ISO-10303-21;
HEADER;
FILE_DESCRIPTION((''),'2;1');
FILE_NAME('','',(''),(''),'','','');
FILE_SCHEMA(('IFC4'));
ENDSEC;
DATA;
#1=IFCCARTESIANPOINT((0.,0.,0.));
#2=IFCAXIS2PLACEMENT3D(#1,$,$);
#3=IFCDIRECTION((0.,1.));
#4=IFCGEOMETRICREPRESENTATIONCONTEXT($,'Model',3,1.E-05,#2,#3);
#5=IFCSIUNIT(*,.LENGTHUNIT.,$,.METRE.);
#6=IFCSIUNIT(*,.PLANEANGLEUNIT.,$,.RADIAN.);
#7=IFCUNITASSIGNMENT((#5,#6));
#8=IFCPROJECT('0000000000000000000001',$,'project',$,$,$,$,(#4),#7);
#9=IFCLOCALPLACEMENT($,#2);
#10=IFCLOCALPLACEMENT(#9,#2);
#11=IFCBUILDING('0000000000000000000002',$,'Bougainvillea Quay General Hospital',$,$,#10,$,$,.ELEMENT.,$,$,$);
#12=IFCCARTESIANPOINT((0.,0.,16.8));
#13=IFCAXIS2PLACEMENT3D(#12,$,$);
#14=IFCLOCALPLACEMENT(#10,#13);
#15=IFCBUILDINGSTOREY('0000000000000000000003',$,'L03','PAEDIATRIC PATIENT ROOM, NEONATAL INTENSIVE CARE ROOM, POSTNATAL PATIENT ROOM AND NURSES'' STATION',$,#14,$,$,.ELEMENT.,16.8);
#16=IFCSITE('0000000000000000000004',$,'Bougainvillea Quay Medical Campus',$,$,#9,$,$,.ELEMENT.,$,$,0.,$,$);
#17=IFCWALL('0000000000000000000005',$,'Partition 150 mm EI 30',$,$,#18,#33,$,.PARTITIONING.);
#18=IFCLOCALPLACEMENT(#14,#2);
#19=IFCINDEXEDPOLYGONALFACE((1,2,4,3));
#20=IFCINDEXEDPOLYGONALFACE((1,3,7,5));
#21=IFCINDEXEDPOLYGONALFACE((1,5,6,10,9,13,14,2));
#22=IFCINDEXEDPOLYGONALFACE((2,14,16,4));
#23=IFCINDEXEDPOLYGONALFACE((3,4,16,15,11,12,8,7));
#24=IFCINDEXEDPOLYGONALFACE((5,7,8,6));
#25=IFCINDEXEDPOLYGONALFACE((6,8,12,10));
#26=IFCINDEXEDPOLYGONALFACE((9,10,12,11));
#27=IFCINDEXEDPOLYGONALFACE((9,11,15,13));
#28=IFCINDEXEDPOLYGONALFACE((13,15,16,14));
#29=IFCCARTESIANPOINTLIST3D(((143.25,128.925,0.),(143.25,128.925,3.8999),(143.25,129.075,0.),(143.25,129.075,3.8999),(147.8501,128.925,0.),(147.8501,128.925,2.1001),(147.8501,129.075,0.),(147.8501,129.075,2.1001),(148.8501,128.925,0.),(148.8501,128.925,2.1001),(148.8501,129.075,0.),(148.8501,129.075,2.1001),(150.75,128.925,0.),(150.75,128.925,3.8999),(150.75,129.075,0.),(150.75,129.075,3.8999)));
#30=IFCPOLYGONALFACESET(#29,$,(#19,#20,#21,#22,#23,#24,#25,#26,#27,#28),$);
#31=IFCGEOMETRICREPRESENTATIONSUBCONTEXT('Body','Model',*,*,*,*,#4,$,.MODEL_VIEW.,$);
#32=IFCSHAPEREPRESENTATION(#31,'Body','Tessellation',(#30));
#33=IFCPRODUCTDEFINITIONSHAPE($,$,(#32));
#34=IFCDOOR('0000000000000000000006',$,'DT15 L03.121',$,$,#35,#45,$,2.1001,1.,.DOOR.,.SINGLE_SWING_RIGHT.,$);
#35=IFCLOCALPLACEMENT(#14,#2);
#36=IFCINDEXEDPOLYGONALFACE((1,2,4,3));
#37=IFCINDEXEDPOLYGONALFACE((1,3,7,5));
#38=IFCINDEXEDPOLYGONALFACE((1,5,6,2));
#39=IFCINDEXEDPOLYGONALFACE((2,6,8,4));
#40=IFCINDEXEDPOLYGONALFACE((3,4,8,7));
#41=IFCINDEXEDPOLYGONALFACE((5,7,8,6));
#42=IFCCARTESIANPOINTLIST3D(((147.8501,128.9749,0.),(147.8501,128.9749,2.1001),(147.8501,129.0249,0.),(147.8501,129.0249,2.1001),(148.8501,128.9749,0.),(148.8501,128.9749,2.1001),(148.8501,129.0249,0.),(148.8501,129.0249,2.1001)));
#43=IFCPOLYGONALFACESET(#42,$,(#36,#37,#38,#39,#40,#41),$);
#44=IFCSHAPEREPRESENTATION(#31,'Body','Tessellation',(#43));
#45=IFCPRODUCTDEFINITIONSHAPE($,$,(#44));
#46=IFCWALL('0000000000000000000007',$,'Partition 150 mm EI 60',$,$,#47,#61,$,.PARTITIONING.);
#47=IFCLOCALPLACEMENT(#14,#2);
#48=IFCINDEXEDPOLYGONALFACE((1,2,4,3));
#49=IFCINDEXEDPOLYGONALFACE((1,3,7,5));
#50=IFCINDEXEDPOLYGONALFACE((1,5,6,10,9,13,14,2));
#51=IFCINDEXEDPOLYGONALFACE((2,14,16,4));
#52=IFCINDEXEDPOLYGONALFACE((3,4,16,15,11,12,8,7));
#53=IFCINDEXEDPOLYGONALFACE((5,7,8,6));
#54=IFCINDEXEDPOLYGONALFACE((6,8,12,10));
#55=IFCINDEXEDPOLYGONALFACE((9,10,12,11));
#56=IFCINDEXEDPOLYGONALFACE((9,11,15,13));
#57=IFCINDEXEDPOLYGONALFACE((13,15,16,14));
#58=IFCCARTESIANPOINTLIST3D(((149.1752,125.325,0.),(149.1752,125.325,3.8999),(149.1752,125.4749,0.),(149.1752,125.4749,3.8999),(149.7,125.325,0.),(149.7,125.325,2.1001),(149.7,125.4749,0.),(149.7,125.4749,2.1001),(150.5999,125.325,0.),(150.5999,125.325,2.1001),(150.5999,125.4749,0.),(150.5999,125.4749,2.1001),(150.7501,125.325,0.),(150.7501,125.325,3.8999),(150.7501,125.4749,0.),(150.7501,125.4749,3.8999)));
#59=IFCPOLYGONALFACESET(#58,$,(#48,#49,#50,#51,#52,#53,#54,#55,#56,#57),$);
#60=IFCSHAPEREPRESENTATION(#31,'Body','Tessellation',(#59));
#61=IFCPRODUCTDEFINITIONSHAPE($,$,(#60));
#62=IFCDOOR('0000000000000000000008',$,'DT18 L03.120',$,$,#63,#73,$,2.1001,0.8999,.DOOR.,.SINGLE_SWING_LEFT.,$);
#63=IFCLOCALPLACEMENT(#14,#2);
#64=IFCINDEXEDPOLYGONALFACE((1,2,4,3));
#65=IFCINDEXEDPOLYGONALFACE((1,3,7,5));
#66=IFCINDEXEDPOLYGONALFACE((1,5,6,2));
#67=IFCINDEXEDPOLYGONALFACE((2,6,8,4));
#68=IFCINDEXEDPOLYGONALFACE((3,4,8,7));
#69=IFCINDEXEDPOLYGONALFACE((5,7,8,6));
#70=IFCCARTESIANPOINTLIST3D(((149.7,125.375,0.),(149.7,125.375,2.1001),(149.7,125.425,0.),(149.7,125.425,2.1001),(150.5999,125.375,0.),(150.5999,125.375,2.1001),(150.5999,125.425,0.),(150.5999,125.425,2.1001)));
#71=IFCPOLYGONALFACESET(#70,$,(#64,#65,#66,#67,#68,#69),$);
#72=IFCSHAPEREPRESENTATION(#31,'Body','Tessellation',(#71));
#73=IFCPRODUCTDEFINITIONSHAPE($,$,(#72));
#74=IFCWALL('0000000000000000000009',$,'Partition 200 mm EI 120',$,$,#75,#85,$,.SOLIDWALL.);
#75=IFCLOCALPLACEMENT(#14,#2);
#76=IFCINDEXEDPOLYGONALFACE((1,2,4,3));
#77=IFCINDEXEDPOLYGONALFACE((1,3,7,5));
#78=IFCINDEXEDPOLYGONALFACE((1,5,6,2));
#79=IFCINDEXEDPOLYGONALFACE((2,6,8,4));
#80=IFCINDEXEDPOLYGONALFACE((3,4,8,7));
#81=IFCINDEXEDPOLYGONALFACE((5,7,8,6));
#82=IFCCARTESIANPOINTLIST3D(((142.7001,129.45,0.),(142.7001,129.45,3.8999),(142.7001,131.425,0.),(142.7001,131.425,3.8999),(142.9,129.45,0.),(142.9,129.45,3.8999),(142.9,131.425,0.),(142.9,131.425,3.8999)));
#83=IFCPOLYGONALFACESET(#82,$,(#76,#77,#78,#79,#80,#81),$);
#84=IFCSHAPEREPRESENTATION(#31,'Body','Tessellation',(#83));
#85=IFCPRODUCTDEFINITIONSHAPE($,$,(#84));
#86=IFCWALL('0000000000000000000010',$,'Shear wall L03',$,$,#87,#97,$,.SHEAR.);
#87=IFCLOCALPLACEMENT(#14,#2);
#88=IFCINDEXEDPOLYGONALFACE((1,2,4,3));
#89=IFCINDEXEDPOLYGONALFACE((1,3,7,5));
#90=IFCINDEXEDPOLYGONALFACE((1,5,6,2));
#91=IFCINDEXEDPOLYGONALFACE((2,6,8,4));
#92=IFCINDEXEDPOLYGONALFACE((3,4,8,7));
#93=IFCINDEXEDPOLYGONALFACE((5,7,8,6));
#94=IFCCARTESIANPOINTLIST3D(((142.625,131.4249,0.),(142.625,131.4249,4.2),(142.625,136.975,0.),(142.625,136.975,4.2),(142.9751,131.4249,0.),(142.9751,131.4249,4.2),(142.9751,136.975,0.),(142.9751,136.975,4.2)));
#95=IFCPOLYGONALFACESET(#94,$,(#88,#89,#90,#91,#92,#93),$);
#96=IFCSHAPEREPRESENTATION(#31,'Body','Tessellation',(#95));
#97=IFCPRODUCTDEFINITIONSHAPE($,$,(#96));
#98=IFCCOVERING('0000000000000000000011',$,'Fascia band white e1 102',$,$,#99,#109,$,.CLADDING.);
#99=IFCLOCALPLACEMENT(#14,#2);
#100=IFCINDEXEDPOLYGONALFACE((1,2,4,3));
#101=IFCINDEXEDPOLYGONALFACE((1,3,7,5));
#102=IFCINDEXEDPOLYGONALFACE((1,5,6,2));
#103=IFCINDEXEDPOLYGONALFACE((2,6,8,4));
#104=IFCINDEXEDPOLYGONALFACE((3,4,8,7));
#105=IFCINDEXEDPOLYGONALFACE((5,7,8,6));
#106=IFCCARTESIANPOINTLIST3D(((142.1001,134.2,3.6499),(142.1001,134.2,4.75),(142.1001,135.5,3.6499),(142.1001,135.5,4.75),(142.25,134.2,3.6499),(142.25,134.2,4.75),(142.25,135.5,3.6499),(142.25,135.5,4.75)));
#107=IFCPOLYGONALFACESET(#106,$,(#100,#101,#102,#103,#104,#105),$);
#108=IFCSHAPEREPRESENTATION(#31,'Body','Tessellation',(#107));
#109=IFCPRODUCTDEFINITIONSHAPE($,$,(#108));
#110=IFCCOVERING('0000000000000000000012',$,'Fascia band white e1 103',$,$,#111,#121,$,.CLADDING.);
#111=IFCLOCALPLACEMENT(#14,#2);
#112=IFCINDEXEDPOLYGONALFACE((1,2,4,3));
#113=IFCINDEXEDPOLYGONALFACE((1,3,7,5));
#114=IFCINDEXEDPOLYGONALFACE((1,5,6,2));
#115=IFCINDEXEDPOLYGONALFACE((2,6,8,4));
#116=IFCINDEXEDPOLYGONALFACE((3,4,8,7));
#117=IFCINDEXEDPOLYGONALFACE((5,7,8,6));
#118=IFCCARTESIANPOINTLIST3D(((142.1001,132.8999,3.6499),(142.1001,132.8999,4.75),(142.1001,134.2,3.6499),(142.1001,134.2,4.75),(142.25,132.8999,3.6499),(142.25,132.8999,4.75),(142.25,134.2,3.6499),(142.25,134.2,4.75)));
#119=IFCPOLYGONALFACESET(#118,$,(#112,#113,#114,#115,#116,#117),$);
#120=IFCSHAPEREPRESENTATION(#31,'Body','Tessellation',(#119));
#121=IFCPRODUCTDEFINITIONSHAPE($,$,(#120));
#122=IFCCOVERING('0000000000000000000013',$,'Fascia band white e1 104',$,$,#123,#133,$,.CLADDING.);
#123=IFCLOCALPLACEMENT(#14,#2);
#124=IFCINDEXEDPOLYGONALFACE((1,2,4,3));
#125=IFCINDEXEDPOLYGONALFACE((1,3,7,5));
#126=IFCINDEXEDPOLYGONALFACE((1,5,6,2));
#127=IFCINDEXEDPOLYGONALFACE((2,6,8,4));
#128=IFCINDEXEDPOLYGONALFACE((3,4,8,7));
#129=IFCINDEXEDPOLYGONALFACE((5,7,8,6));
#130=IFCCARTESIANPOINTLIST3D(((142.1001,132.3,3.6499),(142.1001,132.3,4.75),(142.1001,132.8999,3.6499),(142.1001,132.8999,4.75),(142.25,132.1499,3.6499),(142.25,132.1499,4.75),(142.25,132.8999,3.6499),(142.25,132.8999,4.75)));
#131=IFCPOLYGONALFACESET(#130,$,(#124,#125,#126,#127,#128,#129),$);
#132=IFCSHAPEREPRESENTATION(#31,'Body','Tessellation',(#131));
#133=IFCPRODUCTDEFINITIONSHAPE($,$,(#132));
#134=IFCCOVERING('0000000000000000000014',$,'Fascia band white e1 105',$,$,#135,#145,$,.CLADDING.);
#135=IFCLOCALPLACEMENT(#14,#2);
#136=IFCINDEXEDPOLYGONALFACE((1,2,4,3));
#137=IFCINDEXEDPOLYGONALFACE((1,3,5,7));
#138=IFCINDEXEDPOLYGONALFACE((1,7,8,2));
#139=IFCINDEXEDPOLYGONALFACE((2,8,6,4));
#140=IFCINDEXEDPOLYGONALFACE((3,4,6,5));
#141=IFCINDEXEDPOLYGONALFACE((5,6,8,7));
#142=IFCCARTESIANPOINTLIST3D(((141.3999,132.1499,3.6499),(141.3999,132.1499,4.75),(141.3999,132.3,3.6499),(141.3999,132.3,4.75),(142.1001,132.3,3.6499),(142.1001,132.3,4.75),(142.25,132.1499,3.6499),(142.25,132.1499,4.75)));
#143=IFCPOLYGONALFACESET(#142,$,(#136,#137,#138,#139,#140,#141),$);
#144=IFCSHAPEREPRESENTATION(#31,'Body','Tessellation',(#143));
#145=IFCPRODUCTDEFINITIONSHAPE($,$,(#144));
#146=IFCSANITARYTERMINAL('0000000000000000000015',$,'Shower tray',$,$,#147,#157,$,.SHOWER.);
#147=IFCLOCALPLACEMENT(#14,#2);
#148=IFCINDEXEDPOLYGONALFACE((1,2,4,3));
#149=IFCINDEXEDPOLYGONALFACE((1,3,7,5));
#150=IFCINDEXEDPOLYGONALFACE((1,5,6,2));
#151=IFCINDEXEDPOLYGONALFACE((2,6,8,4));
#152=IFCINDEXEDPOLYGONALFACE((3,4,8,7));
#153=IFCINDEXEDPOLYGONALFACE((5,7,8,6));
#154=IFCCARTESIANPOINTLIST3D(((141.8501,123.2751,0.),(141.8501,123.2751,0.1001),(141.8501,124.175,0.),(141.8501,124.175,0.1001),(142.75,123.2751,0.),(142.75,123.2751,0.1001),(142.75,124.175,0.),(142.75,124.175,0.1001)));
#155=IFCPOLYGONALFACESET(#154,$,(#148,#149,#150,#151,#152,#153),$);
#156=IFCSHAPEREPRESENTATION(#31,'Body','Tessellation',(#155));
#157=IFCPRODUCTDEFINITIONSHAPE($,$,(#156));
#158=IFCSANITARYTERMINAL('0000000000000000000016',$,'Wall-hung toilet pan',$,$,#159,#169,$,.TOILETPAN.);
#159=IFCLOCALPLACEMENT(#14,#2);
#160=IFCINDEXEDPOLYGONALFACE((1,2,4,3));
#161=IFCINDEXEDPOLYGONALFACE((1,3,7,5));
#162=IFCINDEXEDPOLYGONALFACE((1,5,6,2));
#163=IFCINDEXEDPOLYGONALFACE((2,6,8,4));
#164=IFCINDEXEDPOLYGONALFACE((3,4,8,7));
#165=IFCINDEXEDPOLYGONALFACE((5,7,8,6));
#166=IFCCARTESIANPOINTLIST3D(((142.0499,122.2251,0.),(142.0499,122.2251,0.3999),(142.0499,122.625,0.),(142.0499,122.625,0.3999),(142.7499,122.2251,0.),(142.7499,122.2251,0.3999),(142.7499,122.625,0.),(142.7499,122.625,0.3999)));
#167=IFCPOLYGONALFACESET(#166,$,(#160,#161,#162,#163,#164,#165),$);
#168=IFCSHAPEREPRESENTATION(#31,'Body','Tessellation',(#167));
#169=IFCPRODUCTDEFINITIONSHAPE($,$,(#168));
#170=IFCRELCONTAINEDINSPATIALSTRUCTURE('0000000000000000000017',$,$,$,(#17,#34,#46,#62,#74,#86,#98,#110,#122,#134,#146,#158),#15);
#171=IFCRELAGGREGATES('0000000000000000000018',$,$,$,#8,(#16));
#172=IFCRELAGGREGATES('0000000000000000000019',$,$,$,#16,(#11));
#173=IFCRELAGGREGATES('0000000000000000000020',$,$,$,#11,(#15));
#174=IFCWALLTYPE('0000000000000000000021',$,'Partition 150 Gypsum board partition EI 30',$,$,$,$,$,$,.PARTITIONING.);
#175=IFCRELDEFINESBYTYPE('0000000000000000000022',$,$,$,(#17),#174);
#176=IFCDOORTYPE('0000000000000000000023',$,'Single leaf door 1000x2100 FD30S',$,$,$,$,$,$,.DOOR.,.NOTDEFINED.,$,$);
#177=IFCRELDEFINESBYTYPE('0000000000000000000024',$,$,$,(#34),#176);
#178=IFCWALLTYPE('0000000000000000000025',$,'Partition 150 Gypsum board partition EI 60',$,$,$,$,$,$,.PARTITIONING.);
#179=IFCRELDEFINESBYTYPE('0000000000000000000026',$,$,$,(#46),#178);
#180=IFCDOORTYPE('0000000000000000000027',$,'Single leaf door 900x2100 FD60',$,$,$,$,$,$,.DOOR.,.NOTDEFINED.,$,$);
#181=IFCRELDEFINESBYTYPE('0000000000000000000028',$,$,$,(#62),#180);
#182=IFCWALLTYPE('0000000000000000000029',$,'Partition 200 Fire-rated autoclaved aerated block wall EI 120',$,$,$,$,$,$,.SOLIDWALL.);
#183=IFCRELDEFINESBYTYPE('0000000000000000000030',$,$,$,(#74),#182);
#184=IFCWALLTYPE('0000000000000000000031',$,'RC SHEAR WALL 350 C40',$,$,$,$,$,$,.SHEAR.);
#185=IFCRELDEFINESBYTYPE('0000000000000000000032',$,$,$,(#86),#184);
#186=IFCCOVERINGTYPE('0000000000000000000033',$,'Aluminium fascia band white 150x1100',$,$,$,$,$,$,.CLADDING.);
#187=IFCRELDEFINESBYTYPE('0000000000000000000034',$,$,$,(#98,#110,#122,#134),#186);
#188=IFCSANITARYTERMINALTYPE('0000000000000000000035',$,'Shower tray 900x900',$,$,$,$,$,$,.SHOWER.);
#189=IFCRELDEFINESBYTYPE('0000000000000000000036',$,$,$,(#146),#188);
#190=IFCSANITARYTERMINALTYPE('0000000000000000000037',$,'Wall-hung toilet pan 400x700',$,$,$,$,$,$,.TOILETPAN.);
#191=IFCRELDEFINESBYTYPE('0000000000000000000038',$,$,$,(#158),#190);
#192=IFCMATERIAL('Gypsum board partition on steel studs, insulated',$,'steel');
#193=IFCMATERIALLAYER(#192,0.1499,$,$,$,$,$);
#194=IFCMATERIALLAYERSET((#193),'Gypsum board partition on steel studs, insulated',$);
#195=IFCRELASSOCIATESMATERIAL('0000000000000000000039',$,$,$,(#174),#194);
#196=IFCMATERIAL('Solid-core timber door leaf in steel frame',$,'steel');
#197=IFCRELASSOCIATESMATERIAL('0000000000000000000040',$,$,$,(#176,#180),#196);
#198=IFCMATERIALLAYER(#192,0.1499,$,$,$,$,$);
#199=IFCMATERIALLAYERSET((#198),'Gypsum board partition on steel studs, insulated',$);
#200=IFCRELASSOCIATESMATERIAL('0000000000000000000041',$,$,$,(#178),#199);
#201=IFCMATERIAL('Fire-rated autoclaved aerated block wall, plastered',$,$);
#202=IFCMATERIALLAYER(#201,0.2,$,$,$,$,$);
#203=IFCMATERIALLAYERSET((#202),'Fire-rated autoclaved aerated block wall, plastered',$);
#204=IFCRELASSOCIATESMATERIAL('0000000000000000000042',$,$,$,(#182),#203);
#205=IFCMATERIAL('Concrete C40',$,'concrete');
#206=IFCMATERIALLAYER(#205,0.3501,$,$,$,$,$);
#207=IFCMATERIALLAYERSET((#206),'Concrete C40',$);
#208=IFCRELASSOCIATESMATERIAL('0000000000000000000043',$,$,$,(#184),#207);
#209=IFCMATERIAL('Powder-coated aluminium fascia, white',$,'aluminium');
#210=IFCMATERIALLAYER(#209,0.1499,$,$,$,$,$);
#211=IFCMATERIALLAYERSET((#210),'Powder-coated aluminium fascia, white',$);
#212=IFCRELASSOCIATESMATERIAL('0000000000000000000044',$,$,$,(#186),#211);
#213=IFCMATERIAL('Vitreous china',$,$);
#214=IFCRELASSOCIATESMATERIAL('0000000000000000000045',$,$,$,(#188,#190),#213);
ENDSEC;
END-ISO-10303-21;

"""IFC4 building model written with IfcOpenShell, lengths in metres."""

from ifc_helpers import new_model, si_unit, direction, frame, frame_2d, origin, origin_2d, place, context, subcontext, project, spatial, polyline, rectangle, outline, extrude, material, layer, layer_set, type_object, element, fill, save


model = new_model("IFC4")

# Units and contexts
model_context = context("Model", 3, precision=1e-05, world=origin(), true_north=direction((0.0, 1.0)))
body_context = subcontext(model_context, "Body", "Model", "MODEL_VIEW")
ifc_project = project(units=[si_unit("LENGTHUNIT", "METRE"), si_unit("PLANEANGLEUNIT", "RADIAN")], contexts=[model_context])

# Site, building, storey
site_placement = place(None, origin())
site = spatial("IfcSite", under=ifc_project, at=site_placement, Name="Bougainvillea Quay Medical Campus", CompositionType="ELEMENT", RefElevation=0.0)
building_placement = place(site_placement, origin())
building = spatial("IfcBuilding", under=site, at=building_placement, Name="Bougainvillea Quay General Hospital", CompositionType="ELEMENT")
storey_placement = place(building_placement, frame((0.0, 0.0, 16.8)))
storey = spatial("IfcBuildingStorey", under=building, at=storey_placement, Name="L03", Description="PAEDIATRIC PATIENT ROOM, NEONATAL INTENSIVE CARE ROOM, POSTNATAL PATIENT ROOM AND NURSES' STATION", CompositionType="ELEMENT", Elevation=16.8)

# Shared definitions
ifc_material_1 = material(Name="Concrete C40", Category="concrete")

# Shared definitions
ifc_material_2 = material(Name="Gypsum board partition on steel studs, insulated", Category="steel")
ifc_material_3 = material(Name="Solid-core timber door leaf in steel frame", Category="steel")

# Shared definitions
ifc_layer_1 = layer(ifc_material_2, 0.1499)
ifc_layer_set_1 = layer_set([ifc_layer_1], Name="Gypsum board partition on steel studs, insulated")
wall_type_1 = type_object("IfcWallType", Name="Partition 150 Gypsum board partition EI 30", PredefinedType="PARTITIONING", material=ifc_layer_set_1)

# Shared definitions
door_type_1 = type_object("IfcDoorType", Name="Single leaf door 1000x2100 FD30S", OperationType="NOTDEFINED", PredefinedType="DOOR", material=ifc_material_3)

# Walls, openings, doors
wall_1_placement = place(storey_placement, frame((150.75, 129.0, 0.0), z_axis=(0.0, 0.0, 1.0), x_axis=(-1.0, 0.0, 0.0)))
wall_1 = element("IfcWall", 1, at=wall_1_placement, inside=storey, type_object=wall_type_1, Name="Partition 150 mm EI 30", PredefinedType="PARTITIONING", context=body_context, shape_type="SweptSolid", body=[
    extrude(rectangle(XDim=7.5, YDim=0.1499, at=frame_2d((3.75, 0.0))), origin(), (0.0, 0.0, 1.0), 3.8999),
])
opening_1_placement = place(wall_1_placement, frame((1.8999, 0.0, 0.0)))
opening_1 = element("IfcOpeningElement", 2, at=opening_1_placement, cuts=wall_1, PredefinedType="OPENING", context=body_context, shape_type="SweptSolid", body=[
    extrude(rectangle(XDim=1.0, YDim=2.1001, at=frame_2d((0.5, 1.05))), frame((0.0, 0.085, 0.0), z_axis=(0.0, -1.0, 0.0), x_axis=(1.0, 0.0, 0.0)), (0.0, 0.0, 1.0), 0.1699),
])
door_1_placement = place(opening_1_placement, frame((1.0, 0.0, 0.0), z_axis=(0.0, 0.0, 1.0), x_axis=(-1.0, 0.0, 0.0)))
door_1 = element("IfcDoor", 3, at=door_1_placement, inside=storey, type_object=door_type_1, Name="DT15 L03.121", OperationType="SINGLE_SWING_RIGHT", OverallHeight=2.1001, OverallWidth=1.0, PredefinedType="DOOR", context=body_context, shape_type="SweptSolid", body=[
    extrude(rectangle(XDim=1.0, YDim=2.1001, at=frame_2d((0.5, 1.05))), frame((0.0, 0.0249, 0.0), z_axis=(0.0, -1.0, 0.0), x_axis=(1.0, 0.0, 0.0)), (0.0, 0.0, 1.0), 0.05),
])
fill(opening_1, door_1)
ifc_layer_2 = layer(ifc_material_2, 0.1499)
ifc_layer_set_2 = layer_set([ifc_layer_2], Name="Gypsum board partition on steel studs, insulated")
wall_type_2 = type_object("IfcWallType", Name="Partition 150 Gypsum board partition EI 60", PredefinedType="PARTITIONING", material=ifc_layer_set_2)
wall_2_placement = place(storey_placement, frame((149.175, 125.3999, 0.0), z_axis=(0.0, 0.0, 1.0), x_axis=(1.0, 0.0, 0.0)))
wall_2 = element("IfcWall", 4, at=wall_2_placement, inside=storey, type_object=wall_type_2, Name="Partition 150 mm EI 60", PredefinedType="PARTITIONING", context=body_context, shape_type="SweptSolid", body=[
    extrude(rectangle(XDim=1.575, YDim=0.1499, at=frame_2d((0.7876, 0.0))), origin(), (0.0, 0.0, 1.0), 3.8999),
])
opening_2_placement = place(wall_2_placement, frame((0.5249, 0.0, 0.0)))
opening_2 = element("IfcOpeningElement", 5, at=opening_2_placement, cuts=wall_2, PredefinedType="OPENING", context=body_context, shape_type="SweptSolid", body=[
    extrude(rectangle(XDim=0.8999, YDim=2.1001, at=frame_2d((0.45, 1.05))), frame((0.0, 0.085, 0.0), z_axis=(0.0, -1.0, 0.0), x_axis=(1.0, 0.0, 0.0)), (0.0, 0.0, 1.0), 0.1699),
])
door_type_2 = type_object("IfcDoorType", Name="Single leaf door 900x2100 FD60", OperationType="NOTDEFINED", PredefinedType="DOOR", material=ifc_material_3)
door_2_placement = place(opening_2_placement, frame((0.8999, 0.0, 0.0), z_axis=(0.0, 0.0, 1.0), x_axis=(-1.0, 0.0, 0.0)))
door_2 = element("IfcDoor", 6, at=door_2_placement, inside=storey, type_object=door_type_2, Name="DT18 L03.120", OperationType="SINGLE_SWING_LEFT", OverallHeight=2.1001, OverallWidth=0.8999, PredefinedType="DOOR", context=body_context, shape_type="SweptSolid", body=[
    extrude(rectangle(XDim=0.8999, YDim=2.1001, at=frame_2d((0.45, 1.05))), frame((0.0, 0.0249, 0.0), z_axis=(0.0, -1.0, 0.0), x_axis=(1.0, 0.0, 0.0)), (0.0, 0.0, 1.0), 0.05),
])
fill(opening_2, door_2)

# Walls
ifc_material_4 = material(Name="Fire-rated autoclaved aerated block wall, plastered")
ifc_layer_3 = layer(ifc_material_4, 0.2)
ifc_layer_set_3 = layer_set([ifc_layer_3], Name="Fire-rated autoclaved aerated block wall, plastered")
wall_type_3 = type_object("IfcWallType", Name="Partition 200 Fire-rated autoclaved aerated block wall EI 120", PredefinedType="SOLIDWALL", material=ifc_layer_set_3)
wall_3_placement = place(storey_placement, frame((142.8, 129.45, 0.0), z_axis=(0.0, 0.0, 1.0), x_axis=(0.0, 1.0, 0.0)))
element("IfcWall", 7, at=wall_3_placement, inside=storey, type_object=wall_type_3, Name="Partition 200 mm EI 120", PredefinedType="SOLIDWALL", context=body_context, shape_type="SweptSolid", body=[
    extrude(rectangle(XDim=1.9751, YDim=0.2, at=frame_2d((0.9875, 0.0))), origin(), (0.0, 0.0, 1.0), 3.8999),
])
ifc_layer_4 = layer(ifc_material_1, 0.3501)
ifc_layer_set_4 = layer_set([ifc_layer_4], Name="Concrete C40")
wall_type_4 = type_object("IfcWallType", Name="RC SHEAR WALL 350 C40", PredefinedType="SHEAR", material=ifc_layer_set_4)
wall_4_placement = place(storey_placement, frame((142.8, 131.425, 0.0), z_axis=(0.0, 0.0, 1.0), x_axis=(0.0, 1.0, 0.0)))
element("IfcWall", 8, at=wall_4_placement, inside=storey, type_object=wall_type_4, Name="Shear wall L03", PredefinedType="SHEAR", context=body_context, shape_type="SweptSolid", body=[
    extrude(rectangle(XDim=5.55, YDim=0.3501, at=frame_2d((2.7749, 0.0))), origin(), (0.0, 0.0, 1.0), 4.2),
])

# Coverings
ifc_material_5 = material(Name="Powder-coated aluminium fascia, white", Category="aluminium")
ifc_layer_5 = layer(ifc_material_5, 0.1499)
ifc_layer_set_5 = layer_set([ifc_layer_5], Name="Powder-coated aluminium fascia, white")
covering_type = type_object("IfcCoveringType", Name="Aluminium fascia band white 150x1100", PredefinedType="CLADDING", material=ifc_layer_set_5)
for number, where, z_axis, x_axis, name in (
    (9, (142.25, 135.5, 3.6499), (0.0, 0.0, 1.0), (0.0, -1.0, 0.0), "Fascia band white e1 102"),
    (10, (142.25, 134.2, 3.6499), (0.0, 0.0, 1.0), (0.0, -1.0, 0.0), "Fascia band white e1 103"),
):
    element("IfcCovering", number, at=place(storey_placement, frame(where, z_axis=z_axis, x_axis=x_axis)), inside=storey, type_object=covering_type, Name=name, PredefinedType="CLADDING", context=body_context, shape_type="SweptSolid", body=[
        extrude(outline(polyline([(0.0, 0.0), (1.3, 0.0), (1.3, -0.1499), (0.0, -0.1499), (0.0, 0.0)])), origin(), (0.0, 0.0, 1.0), 1.1001),
    ])
covering_1_placement = place(storey_placement, frame((142.25, 132.8999, 3.6499), z_axis=(0.0, 0.0, 1.0), x_axis=(0.0, -1.0, 0.0)))
element("IfcCovering", 11, at=covering_1_placement, inside=storey, type_object=covering_type, Name="Fascia band white e1 104", PredefinedType="CLADDING", context=body_context, shape_type="SweptSolid", body=[
    extrude(outline(polyline([(0.0, 0.0), (0.75, 0.0), (0.5999, -0.1499), (0.0, -0.1499), (0.0, 0.0)])), origin(), (0.0, 0.0, 1.0), 1.1001),
])
covering_2_placement = place(storey_placement, frame((142.25, 132.1499, 3.6499), z_axis=(0.0, 0.0, 1.0), x_axis=(-1.0, 0.0, 0.0)))
element("IfcCovering", 12, at=covering_2_placement, inside=storey, type_object=covering_type, Name="Fascia band white e1 105", PredefinedType="CLADDING", context=body_context, shape_type="SweptSolid", body=[
    extrude(outline(polyline([(0.0, 0.0), (0.8501, 0.0), (0.8501, -0.1501), (0.1499, -0.1501), (0.0, 0.0)])), origin(), (0.0, 0.0, 1.0), 1.1001),
])

# Sanitary terminals
ifc_material_6 = material(Name="Vitreous china")
sanitary_terminal_type_1 = type_object("IfcSanitaryTerminalType", Name="Shower tray 900x900", PredefinedType="SHOWER", material=ifc_material_6)
sanitary_terminal_1_placement = place(storey_placement, frame((142.3, 123.7251, 0.0), z_axis=(0.0, 0.0, 1.0), x_axis=(0.0, -1.0, 0.0)))
element("IfcSanitaryTerminal", 13, at=sanitary_terminal_1_placement, inside=storey, type_object=sanitary_terminal_type_1, Name="Shower tray", PredefinedType="SHOWER", context=body_context, shape_type="SweptSolid", body=[
    extrude(rectangle(XDim=0.8999, YDim=0.8999, at=origin_2d()), origin(), (0.0, 0.0, 1.0), 0.1001),
])
sanitary_terminal_type_2 = type_object("IfcSanitaryTerminalType", Name="Wall-hung toilet pan 400x700", PredefinedType="TOILETPAN", material=ifc_material_6)
sanitary_terminal_2_placement = place(storey_placement, frame((142.3999, 122.425, 0.0), z_axis=(0.0, 0.0, 1.0), x_axis=(0.0, -1.0, 0.0)))
element("IfcSanitaryTerminal", 14, at=sanitary_terminal_2_placement, inside=storey, type_object=sanitary_terminal_type_2, Name="Wall-hung toilet pan", PredefinedType="TOILETPAN", context=body_context, shape_type="SweptSolid", body=[
    extrude(rectangle(XDim=0.3999, YDim=0.7, at=origin_2d()), origin(), (0.0, 0.0, 1.0), 0.3999),
])

save(model, "model.ifc")
